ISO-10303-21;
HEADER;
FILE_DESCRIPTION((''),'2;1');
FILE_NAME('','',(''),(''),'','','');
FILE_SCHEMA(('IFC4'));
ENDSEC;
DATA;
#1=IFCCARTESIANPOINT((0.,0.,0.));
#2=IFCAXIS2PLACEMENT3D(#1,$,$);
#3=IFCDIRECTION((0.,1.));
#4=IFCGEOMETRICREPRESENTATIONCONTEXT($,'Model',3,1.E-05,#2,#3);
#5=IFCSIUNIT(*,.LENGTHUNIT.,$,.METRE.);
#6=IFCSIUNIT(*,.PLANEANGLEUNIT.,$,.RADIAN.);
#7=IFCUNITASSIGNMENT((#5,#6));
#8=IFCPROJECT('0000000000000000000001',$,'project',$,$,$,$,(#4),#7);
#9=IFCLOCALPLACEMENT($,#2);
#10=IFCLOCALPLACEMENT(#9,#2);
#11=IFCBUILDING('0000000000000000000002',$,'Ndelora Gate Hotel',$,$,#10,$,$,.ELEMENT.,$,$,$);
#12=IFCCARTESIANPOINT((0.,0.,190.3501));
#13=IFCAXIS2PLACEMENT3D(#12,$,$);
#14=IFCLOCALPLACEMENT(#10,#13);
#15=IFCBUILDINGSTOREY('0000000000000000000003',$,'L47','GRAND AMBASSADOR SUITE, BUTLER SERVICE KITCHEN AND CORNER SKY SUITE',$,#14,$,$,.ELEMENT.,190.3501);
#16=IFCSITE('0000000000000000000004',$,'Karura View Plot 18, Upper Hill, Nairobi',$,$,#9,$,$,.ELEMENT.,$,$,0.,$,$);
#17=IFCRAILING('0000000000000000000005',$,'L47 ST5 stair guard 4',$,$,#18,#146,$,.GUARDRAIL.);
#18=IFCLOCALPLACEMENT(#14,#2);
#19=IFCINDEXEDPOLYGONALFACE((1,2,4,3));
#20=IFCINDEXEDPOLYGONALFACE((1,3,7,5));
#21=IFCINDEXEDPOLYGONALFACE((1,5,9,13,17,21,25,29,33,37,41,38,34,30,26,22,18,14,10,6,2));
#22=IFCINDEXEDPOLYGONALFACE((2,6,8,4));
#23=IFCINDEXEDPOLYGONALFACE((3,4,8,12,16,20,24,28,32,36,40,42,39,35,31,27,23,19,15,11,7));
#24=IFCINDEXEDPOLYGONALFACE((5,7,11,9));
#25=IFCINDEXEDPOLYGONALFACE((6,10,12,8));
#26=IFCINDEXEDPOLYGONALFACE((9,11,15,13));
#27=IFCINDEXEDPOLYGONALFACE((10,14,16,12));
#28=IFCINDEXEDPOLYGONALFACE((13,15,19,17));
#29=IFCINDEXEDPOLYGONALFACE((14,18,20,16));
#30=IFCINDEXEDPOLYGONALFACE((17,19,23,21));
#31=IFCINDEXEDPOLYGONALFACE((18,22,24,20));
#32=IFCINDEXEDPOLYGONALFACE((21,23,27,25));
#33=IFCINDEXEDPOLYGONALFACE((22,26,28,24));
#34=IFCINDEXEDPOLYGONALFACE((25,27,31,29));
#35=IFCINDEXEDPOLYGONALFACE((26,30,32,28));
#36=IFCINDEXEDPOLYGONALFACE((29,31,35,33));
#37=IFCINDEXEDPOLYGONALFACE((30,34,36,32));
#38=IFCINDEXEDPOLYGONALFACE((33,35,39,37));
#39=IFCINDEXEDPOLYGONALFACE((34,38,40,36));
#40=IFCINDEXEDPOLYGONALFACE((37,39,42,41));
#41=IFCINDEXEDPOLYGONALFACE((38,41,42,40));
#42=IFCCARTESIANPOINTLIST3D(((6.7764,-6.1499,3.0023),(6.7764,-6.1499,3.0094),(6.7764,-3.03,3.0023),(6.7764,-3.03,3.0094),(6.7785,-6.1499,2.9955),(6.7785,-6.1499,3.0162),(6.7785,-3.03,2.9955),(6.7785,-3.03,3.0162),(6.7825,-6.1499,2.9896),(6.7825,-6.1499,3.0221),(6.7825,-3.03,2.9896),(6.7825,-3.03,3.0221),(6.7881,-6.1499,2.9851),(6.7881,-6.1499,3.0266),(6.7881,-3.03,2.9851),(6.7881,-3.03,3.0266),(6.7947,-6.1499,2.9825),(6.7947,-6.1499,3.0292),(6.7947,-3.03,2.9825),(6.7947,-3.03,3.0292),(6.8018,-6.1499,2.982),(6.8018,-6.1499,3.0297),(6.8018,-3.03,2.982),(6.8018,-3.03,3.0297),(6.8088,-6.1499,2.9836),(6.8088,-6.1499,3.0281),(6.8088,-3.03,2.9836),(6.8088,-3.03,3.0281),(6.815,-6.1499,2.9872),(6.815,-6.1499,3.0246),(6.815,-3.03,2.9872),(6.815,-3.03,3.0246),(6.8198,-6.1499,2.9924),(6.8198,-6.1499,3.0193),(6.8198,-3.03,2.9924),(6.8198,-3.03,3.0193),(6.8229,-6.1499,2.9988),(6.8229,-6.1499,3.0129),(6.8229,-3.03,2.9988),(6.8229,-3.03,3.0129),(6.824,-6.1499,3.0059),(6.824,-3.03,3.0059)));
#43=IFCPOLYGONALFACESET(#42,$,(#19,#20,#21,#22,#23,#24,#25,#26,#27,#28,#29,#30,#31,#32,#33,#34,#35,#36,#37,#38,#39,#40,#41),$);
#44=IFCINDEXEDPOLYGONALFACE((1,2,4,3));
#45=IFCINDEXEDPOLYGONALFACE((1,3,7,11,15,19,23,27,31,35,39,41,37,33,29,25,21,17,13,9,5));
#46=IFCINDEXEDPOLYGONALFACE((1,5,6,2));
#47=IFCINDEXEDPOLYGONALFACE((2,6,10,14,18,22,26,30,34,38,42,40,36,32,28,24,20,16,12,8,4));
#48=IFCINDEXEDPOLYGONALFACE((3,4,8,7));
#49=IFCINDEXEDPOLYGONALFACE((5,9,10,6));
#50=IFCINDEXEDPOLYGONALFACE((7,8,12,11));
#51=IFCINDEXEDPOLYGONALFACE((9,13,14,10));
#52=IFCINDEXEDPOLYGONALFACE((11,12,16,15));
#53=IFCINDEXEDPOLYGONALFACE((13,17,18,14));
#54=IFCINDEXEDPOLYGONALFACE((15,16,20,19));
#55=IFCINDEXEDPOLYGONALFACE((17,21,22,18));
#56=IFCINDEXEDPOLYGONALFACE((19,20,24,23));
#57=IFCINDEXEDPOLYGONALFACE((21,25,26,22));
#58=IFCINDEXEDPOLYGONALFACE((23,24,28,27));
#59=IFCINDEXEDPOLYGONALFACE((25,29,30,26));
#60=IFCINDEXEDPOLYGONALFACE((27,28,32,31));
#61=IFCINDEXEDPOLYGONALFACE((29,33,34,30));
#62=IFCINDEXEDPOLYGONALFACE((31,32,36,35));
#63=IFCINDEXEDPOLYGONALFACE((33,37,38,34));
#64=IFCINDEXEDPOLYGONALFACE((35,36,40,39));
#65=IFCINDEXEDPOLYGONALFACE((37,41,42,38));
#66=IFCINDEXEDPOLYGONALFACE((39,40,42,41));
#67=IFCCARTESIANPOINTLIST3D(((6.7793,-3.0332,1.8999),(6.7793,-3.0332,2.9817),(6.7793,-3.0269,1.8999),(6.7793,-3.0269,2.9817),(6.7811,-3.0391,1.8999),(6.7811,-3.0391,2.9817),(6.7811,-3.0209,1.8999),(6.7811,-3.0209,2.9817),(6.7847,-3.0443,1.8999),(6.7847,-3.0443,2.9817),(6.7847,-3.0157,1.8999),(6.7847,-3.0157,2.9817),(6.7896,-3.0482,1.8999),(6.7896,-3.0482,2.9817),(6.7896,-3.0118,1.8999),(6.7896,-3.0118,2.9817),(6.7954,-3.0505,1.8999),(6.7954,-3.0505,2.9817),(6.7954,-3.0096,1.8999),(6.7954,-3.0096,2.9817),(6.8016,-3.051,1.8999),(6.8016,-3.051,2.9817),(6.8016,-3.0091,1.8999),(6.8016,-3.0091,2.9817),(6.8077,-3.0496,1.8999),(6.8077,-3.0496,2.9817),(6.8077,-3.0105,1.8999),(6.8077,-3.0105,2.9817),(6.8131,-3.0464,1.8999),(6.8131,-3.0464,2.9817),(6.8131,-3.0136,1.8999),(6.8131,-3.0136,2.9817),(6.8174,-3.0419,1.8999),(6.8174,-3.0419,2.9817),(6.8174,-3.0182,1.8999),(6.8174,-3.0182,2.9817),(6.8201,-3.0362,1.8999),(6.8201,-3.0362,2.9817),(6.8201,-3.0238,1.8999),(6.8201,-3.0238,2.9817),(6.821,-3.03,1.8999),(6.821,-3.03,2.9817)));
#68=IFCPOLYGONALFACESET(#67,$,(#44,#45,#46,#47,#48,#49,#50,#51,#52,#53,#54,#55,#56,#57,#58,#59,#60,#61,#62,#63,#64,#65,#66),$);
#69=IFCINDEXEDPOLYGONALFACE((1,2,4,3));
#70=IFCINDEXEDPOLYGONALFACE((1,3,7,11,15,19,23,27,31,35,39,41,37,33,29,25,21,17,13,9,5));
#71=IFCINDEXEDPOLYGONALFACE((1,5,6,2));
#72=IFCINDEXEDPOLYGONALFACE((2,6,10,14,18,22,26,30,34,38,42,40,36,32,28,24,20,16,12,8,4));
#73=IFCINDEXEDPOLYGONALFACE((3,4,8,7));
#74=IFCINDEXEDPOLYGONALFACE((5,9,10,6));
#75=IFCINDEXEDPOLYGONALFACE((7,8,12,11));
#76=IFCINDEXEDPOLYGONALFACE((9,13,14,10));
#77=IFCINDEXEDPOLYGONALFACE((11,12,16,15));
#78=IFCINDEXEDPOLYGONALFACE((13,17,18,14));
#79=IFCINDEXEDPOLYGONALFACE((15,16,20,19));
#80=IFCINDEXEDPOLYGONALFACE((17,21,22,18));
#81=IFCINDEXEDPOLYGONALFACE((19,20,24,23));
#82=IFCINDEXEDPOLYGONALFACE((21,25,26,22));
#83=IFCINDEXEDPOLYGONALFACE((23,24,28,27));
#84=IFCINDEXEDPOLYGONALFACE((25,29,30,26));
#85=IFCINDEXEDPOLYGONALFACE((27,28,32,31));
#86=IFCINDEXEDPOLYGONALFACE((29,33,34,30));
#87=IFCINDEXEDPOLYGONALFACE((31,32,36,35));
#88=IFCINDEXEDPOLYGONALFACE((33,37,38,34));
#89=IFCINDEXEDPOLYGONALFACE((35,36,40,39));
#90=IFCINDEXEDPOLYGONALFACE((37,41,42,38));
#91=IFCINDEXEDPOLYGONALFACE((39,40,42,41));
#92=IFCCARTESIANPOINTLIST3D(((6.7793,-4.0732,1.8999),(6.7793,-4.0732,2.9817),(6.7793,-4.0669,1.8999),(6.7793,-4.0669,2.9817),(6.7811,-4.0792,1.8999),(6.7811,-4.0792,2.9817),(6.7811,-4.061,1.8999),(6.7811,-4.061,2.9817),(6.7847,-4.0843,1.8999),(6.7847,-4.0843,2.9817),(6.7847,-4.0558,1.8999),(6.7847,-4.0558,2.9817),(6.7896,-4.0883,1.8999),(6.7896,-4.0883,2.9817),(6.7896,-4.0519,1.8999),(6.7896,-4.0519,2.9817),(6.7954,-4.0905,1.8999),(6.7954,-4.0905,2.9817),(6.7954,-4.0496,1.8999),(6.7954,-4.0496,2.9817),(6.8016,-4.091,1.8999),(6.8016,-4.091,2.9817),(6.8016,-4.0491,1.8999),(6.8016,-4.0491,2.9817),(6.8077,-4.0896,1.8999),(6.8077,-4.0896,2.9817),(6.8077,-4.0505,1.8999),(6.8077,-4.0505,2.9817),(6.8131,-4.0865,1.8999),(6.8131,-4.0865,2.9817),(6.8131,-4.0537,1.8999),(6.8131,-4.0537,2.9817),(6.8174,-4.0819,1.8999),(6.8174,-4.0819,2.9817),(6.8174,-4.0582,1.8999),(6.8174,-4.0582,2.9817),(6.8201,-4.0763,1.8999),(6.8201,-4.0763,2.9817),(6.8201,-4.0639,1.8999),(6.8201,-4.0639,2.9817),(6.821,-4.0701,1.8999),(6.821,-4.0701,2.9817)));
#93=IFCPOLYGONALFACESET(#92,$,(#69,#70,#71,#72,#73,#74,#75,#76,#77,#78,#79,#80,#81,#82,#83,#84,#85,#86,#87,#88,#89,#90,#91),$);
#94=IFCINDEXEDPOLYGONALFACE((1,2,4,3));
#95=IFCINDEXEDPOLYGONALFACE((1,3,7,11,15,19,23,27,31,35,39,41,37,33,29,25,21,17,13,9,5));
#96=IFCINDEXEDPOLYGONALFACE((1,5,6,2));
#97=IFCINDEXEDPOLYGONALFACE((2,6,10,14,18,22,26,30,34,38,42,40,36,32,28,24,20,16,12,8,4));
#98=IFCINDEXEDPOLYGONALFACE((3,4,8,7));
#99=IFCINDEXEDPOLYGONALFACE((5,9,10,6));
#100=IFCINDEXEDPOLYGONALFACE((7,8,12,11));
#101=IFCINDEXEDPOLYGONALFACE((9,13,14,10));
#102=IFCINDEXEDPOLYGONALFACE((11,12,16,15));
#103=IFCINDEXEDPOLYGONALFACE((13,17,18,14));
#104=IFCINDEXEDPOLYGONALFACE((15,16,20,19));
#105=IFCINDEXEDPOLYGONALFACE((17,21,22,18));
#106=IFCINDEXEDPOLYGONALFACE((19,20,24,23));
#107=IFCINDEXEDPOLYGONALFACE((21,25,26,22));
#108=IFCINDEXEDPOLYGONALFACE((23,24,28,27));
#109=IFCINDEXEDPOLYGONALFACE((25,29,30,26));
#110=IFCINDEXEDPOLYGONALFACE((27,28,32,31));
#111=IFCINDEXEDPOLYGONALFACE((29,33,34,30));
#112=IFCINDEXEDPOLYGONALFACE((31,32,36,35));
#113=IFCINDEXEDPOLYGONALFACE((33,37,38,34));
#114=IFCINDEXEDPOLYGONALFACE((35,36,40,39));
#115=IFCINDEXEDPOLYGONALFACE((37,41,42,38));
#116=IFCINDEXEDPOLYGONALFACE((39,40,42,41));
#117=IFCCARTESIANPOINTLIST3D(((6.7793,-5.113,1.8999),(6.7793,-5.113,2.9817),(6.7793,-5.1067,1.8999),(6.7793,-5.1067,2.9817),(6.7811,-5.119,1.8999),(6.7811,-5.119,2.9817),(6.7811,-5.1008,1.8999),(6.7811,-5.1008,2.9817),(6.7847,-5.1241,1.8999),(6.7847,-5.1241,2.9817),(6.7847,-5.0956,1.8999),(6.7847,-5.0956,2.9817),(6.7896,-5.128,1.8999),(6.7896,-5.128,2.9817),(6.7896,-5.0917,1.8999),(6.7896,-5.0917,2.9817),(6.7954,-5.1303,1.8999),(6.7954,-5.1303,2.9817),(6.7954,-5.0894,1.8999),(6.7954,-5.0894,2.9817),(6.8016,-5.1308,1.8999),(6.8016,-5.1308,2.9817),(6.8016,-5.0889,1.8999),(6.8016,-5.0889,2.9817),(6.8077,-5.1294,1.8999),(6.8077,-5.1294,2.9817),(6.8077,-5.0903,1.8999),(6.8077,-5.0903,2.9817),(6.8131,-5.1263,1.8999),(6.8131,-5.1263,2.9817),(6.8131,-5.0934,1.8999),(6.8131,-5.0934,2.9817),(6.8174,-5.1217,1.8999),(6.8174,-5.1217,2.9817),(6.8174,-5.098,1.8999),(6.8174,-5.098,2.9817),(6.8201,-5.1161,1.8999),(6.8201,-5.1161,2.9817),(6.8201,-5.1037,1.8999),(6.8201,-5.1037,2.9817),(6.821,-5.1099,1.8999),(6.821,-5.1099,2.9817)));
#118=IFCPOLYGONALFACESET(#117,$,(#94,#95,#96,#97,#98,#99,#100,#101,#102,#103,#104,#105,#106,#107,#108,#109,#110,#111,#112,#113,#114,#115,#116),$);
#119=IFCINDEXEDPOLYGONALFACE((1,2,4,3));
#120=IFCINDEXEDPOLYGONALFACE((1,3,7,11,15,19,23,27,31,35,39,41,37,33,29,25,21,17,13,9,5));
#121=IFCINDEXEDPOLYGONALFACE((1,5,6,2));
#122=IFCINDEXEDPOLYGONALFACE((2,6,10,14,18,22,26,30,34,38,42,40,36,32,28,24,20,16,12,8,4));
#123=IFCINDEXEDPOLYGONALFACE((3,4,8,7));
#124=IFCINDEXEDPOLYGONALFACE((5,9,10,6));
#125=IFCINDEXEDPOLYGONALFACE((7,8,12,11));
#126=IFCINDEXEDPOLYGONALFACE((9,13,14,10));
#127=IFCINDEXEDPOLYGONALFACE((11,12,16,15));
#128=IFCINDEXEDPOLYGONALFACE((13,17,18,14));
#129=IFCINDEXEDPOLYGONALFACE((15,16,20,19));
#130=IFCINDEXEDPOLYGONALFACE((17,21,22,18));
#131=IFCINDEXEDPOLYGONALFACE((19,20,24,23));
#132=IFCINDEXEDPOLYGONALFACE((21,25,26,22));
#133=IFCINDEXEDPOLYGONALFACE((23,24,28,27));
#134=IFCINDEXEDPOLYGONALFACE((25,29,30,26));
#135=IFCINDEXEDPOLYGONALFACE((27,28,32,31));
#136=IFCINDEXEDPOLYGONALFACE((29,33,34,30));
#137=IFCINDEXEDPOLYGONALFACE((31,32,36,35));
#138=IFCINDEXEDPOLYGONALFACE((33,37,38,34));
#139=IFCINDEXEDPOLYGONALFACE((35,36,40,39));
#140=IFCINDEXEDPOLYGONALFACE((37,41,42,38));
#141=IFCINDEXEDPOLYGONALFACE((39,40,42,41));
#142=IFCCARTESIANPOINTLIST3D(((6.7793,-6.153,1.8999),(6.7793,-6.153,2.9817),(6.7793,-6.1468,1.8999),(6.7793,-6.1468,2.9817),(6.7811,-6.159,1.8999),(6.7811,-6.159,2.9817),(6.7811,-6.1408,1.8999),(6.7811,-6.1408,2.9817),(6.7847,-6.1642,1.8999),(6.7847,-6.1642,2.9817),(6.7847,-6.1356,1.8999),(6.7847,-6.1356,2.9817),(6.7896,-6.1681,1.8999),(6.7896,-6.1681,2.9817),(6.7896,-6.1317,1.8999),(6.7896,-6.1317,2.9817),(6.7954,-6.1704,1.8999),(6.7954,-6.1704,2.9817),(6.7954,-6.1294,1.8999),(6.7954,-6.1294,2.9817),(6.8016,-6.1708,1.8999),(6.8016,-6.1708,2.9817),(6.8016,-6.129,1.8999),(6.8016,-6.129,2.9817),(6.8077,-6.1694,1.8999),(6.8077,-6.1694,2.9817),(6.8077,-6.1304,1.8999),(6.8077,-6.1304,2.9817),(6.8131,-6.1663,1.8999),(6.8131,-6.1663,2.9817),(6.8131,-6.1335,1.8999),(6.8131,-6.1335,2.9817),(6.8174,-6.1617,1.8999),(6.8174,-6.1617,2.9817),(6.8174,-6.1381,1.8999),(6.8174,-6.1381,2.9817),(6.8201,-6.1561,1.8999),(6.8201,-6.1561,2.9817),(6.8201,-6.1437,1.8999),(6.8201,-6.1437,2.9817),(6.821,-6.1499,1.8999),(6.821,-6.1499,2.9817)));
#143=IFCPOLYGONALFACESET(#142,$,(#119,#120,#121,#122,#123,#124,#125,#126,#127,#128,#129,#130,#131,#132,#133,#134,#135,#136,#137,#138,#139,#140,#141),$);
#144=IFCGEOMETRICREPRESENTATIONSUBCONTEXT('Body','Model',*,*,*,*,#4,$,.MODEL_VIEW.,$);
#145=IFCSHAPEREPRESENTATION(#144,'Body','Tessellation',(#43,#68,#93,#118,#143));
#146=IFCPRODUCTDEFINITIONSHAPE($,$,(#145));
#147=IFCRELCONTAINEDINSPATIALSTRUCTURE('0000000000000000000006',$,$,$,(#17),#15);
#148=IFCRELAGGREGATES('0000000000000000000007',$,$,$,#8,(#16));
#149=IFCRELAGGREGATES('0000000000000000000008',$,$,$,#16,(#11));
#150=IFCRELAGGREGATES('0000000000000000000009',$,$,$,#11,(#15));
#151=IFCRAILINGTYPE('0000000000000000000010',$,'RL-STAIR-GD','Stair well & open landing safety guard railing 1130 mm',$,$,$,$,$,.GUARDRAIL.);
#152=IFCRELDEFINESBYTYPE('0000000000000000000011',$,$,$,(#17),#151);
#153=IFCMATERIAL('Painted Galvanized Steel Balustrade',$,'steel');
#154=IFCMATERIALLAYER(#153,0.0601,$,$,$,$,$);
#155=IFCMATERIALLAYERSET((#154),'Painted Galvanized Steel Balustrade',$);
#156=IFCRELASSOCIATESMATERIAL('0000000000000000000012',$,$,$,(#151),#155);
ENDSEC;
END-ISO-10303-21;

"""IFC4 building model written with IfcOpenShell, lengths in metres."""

from ifc_helpers import new_model, si_unit, direction, frame, origin, origin_2d, place, context, subcontext, project, spatial, circle, extrude, material, layer, layer_set, type_object, element, save


model = new_model("IFC4")

# Units and contexts
model_context = context("Model", 3, precision=1e-05, world=origin(), true_north=direction((0.0, 1.0)))
body_context = subcontext(model_context, "Body", "Model", "MODEL_VIEW")
ifc_project = project(units=[si_unit("LENGTHUNIT", "METRE"), si_unit("PLANEANGLEUNIT", "RADIAN")], contexts=[model_context])

# Site, building, storey
site_placement = place(None, origin())
site = spatial("IfcSite", under=ifc_project, at=site_placement, Name="Karura View Plot 18, Upper Hill, Nairobi", CompositionType="ELEMENT", RefElevation=0.0)
building_placement = place(site_placement, origin())
building = spatial("IfcBuilding", under=site, at=building_placement, Name="Ndelora Gate Hotel", CompositionType="ELEMENT")
storey_placement = place(building_placement, frame((0.0, 0.0, 190.3501)))
storey = spatial("IfcBuildingStorey", under=building, at=storey_placement, Name="L47", Description="GRAND AMBASSADOR SUITE, BUTLER SERVICE KITCHEN AND CORNER SKY SUITE", CompositionType="ELEMENT", Elevation=190.3501)

# Railing
ifc_material_1 = material(Name="Painted Galvanized Steel Balustrade", Category="steel")
ifc_layer_1 = layer(ifc_material_1, 0.0601)
ifc_layer_set_1 = layer_set([ifc_layer_1], Name="Painted Galvanized Steel Balustrade")
railing_type_1 = type_object("IfcRailingType", Name="RL-STAIR-GD", Description="Stair well & open landing safety guard railing 1130 mm", PredefinedType="GUARDRAIL", material=ifc_layer_set_1)
for number, where, name in (
    (1, (6.8, -3.03, 1.8999), "L47 ST5 stair guard 4"),
):
    element("IfcRailing", number, at=place(storey_placement, frame(where)), inside=storey, type_object=railing_type_1, Name=name, PredefinedType="GUARDRAIL", context=body_context, shape_type="SweptSolid", body=[
        extrude(circle(Radius=0.0239, at=origin_2d()), frame((0.0, 0.0, 1.106), z_axis=(0.0, -1.0, 0.0), x_axis=(1.0, 0.0, 0.0)), (0.0, 0.0, 1.0), 3.1199),
        extrude(circle(Radius=0.021, at=origin_2d()), origin(), (0.0, 0.0, 1.0), 1.0818),
        extrude(circle(Radius=0.021, at=origin_2d()), frame((0.0, -1.04, 0.0)), (0.0, 0.0, 1.0), 1.0818),
        extrude(circle(Radius=0.021, at=origin_2d()), frame((0.0, -2.0798, 0.0)), (0.0, 0.0, 1.0), 1.0818),
        extrude(circle(Radius=0.021, at=origin_2d()), frame((0.0, -3.1199, 0.0)), (0.0, 0.0, 1.0), 1.0818),
    ])

save(model, "model.ifc")
